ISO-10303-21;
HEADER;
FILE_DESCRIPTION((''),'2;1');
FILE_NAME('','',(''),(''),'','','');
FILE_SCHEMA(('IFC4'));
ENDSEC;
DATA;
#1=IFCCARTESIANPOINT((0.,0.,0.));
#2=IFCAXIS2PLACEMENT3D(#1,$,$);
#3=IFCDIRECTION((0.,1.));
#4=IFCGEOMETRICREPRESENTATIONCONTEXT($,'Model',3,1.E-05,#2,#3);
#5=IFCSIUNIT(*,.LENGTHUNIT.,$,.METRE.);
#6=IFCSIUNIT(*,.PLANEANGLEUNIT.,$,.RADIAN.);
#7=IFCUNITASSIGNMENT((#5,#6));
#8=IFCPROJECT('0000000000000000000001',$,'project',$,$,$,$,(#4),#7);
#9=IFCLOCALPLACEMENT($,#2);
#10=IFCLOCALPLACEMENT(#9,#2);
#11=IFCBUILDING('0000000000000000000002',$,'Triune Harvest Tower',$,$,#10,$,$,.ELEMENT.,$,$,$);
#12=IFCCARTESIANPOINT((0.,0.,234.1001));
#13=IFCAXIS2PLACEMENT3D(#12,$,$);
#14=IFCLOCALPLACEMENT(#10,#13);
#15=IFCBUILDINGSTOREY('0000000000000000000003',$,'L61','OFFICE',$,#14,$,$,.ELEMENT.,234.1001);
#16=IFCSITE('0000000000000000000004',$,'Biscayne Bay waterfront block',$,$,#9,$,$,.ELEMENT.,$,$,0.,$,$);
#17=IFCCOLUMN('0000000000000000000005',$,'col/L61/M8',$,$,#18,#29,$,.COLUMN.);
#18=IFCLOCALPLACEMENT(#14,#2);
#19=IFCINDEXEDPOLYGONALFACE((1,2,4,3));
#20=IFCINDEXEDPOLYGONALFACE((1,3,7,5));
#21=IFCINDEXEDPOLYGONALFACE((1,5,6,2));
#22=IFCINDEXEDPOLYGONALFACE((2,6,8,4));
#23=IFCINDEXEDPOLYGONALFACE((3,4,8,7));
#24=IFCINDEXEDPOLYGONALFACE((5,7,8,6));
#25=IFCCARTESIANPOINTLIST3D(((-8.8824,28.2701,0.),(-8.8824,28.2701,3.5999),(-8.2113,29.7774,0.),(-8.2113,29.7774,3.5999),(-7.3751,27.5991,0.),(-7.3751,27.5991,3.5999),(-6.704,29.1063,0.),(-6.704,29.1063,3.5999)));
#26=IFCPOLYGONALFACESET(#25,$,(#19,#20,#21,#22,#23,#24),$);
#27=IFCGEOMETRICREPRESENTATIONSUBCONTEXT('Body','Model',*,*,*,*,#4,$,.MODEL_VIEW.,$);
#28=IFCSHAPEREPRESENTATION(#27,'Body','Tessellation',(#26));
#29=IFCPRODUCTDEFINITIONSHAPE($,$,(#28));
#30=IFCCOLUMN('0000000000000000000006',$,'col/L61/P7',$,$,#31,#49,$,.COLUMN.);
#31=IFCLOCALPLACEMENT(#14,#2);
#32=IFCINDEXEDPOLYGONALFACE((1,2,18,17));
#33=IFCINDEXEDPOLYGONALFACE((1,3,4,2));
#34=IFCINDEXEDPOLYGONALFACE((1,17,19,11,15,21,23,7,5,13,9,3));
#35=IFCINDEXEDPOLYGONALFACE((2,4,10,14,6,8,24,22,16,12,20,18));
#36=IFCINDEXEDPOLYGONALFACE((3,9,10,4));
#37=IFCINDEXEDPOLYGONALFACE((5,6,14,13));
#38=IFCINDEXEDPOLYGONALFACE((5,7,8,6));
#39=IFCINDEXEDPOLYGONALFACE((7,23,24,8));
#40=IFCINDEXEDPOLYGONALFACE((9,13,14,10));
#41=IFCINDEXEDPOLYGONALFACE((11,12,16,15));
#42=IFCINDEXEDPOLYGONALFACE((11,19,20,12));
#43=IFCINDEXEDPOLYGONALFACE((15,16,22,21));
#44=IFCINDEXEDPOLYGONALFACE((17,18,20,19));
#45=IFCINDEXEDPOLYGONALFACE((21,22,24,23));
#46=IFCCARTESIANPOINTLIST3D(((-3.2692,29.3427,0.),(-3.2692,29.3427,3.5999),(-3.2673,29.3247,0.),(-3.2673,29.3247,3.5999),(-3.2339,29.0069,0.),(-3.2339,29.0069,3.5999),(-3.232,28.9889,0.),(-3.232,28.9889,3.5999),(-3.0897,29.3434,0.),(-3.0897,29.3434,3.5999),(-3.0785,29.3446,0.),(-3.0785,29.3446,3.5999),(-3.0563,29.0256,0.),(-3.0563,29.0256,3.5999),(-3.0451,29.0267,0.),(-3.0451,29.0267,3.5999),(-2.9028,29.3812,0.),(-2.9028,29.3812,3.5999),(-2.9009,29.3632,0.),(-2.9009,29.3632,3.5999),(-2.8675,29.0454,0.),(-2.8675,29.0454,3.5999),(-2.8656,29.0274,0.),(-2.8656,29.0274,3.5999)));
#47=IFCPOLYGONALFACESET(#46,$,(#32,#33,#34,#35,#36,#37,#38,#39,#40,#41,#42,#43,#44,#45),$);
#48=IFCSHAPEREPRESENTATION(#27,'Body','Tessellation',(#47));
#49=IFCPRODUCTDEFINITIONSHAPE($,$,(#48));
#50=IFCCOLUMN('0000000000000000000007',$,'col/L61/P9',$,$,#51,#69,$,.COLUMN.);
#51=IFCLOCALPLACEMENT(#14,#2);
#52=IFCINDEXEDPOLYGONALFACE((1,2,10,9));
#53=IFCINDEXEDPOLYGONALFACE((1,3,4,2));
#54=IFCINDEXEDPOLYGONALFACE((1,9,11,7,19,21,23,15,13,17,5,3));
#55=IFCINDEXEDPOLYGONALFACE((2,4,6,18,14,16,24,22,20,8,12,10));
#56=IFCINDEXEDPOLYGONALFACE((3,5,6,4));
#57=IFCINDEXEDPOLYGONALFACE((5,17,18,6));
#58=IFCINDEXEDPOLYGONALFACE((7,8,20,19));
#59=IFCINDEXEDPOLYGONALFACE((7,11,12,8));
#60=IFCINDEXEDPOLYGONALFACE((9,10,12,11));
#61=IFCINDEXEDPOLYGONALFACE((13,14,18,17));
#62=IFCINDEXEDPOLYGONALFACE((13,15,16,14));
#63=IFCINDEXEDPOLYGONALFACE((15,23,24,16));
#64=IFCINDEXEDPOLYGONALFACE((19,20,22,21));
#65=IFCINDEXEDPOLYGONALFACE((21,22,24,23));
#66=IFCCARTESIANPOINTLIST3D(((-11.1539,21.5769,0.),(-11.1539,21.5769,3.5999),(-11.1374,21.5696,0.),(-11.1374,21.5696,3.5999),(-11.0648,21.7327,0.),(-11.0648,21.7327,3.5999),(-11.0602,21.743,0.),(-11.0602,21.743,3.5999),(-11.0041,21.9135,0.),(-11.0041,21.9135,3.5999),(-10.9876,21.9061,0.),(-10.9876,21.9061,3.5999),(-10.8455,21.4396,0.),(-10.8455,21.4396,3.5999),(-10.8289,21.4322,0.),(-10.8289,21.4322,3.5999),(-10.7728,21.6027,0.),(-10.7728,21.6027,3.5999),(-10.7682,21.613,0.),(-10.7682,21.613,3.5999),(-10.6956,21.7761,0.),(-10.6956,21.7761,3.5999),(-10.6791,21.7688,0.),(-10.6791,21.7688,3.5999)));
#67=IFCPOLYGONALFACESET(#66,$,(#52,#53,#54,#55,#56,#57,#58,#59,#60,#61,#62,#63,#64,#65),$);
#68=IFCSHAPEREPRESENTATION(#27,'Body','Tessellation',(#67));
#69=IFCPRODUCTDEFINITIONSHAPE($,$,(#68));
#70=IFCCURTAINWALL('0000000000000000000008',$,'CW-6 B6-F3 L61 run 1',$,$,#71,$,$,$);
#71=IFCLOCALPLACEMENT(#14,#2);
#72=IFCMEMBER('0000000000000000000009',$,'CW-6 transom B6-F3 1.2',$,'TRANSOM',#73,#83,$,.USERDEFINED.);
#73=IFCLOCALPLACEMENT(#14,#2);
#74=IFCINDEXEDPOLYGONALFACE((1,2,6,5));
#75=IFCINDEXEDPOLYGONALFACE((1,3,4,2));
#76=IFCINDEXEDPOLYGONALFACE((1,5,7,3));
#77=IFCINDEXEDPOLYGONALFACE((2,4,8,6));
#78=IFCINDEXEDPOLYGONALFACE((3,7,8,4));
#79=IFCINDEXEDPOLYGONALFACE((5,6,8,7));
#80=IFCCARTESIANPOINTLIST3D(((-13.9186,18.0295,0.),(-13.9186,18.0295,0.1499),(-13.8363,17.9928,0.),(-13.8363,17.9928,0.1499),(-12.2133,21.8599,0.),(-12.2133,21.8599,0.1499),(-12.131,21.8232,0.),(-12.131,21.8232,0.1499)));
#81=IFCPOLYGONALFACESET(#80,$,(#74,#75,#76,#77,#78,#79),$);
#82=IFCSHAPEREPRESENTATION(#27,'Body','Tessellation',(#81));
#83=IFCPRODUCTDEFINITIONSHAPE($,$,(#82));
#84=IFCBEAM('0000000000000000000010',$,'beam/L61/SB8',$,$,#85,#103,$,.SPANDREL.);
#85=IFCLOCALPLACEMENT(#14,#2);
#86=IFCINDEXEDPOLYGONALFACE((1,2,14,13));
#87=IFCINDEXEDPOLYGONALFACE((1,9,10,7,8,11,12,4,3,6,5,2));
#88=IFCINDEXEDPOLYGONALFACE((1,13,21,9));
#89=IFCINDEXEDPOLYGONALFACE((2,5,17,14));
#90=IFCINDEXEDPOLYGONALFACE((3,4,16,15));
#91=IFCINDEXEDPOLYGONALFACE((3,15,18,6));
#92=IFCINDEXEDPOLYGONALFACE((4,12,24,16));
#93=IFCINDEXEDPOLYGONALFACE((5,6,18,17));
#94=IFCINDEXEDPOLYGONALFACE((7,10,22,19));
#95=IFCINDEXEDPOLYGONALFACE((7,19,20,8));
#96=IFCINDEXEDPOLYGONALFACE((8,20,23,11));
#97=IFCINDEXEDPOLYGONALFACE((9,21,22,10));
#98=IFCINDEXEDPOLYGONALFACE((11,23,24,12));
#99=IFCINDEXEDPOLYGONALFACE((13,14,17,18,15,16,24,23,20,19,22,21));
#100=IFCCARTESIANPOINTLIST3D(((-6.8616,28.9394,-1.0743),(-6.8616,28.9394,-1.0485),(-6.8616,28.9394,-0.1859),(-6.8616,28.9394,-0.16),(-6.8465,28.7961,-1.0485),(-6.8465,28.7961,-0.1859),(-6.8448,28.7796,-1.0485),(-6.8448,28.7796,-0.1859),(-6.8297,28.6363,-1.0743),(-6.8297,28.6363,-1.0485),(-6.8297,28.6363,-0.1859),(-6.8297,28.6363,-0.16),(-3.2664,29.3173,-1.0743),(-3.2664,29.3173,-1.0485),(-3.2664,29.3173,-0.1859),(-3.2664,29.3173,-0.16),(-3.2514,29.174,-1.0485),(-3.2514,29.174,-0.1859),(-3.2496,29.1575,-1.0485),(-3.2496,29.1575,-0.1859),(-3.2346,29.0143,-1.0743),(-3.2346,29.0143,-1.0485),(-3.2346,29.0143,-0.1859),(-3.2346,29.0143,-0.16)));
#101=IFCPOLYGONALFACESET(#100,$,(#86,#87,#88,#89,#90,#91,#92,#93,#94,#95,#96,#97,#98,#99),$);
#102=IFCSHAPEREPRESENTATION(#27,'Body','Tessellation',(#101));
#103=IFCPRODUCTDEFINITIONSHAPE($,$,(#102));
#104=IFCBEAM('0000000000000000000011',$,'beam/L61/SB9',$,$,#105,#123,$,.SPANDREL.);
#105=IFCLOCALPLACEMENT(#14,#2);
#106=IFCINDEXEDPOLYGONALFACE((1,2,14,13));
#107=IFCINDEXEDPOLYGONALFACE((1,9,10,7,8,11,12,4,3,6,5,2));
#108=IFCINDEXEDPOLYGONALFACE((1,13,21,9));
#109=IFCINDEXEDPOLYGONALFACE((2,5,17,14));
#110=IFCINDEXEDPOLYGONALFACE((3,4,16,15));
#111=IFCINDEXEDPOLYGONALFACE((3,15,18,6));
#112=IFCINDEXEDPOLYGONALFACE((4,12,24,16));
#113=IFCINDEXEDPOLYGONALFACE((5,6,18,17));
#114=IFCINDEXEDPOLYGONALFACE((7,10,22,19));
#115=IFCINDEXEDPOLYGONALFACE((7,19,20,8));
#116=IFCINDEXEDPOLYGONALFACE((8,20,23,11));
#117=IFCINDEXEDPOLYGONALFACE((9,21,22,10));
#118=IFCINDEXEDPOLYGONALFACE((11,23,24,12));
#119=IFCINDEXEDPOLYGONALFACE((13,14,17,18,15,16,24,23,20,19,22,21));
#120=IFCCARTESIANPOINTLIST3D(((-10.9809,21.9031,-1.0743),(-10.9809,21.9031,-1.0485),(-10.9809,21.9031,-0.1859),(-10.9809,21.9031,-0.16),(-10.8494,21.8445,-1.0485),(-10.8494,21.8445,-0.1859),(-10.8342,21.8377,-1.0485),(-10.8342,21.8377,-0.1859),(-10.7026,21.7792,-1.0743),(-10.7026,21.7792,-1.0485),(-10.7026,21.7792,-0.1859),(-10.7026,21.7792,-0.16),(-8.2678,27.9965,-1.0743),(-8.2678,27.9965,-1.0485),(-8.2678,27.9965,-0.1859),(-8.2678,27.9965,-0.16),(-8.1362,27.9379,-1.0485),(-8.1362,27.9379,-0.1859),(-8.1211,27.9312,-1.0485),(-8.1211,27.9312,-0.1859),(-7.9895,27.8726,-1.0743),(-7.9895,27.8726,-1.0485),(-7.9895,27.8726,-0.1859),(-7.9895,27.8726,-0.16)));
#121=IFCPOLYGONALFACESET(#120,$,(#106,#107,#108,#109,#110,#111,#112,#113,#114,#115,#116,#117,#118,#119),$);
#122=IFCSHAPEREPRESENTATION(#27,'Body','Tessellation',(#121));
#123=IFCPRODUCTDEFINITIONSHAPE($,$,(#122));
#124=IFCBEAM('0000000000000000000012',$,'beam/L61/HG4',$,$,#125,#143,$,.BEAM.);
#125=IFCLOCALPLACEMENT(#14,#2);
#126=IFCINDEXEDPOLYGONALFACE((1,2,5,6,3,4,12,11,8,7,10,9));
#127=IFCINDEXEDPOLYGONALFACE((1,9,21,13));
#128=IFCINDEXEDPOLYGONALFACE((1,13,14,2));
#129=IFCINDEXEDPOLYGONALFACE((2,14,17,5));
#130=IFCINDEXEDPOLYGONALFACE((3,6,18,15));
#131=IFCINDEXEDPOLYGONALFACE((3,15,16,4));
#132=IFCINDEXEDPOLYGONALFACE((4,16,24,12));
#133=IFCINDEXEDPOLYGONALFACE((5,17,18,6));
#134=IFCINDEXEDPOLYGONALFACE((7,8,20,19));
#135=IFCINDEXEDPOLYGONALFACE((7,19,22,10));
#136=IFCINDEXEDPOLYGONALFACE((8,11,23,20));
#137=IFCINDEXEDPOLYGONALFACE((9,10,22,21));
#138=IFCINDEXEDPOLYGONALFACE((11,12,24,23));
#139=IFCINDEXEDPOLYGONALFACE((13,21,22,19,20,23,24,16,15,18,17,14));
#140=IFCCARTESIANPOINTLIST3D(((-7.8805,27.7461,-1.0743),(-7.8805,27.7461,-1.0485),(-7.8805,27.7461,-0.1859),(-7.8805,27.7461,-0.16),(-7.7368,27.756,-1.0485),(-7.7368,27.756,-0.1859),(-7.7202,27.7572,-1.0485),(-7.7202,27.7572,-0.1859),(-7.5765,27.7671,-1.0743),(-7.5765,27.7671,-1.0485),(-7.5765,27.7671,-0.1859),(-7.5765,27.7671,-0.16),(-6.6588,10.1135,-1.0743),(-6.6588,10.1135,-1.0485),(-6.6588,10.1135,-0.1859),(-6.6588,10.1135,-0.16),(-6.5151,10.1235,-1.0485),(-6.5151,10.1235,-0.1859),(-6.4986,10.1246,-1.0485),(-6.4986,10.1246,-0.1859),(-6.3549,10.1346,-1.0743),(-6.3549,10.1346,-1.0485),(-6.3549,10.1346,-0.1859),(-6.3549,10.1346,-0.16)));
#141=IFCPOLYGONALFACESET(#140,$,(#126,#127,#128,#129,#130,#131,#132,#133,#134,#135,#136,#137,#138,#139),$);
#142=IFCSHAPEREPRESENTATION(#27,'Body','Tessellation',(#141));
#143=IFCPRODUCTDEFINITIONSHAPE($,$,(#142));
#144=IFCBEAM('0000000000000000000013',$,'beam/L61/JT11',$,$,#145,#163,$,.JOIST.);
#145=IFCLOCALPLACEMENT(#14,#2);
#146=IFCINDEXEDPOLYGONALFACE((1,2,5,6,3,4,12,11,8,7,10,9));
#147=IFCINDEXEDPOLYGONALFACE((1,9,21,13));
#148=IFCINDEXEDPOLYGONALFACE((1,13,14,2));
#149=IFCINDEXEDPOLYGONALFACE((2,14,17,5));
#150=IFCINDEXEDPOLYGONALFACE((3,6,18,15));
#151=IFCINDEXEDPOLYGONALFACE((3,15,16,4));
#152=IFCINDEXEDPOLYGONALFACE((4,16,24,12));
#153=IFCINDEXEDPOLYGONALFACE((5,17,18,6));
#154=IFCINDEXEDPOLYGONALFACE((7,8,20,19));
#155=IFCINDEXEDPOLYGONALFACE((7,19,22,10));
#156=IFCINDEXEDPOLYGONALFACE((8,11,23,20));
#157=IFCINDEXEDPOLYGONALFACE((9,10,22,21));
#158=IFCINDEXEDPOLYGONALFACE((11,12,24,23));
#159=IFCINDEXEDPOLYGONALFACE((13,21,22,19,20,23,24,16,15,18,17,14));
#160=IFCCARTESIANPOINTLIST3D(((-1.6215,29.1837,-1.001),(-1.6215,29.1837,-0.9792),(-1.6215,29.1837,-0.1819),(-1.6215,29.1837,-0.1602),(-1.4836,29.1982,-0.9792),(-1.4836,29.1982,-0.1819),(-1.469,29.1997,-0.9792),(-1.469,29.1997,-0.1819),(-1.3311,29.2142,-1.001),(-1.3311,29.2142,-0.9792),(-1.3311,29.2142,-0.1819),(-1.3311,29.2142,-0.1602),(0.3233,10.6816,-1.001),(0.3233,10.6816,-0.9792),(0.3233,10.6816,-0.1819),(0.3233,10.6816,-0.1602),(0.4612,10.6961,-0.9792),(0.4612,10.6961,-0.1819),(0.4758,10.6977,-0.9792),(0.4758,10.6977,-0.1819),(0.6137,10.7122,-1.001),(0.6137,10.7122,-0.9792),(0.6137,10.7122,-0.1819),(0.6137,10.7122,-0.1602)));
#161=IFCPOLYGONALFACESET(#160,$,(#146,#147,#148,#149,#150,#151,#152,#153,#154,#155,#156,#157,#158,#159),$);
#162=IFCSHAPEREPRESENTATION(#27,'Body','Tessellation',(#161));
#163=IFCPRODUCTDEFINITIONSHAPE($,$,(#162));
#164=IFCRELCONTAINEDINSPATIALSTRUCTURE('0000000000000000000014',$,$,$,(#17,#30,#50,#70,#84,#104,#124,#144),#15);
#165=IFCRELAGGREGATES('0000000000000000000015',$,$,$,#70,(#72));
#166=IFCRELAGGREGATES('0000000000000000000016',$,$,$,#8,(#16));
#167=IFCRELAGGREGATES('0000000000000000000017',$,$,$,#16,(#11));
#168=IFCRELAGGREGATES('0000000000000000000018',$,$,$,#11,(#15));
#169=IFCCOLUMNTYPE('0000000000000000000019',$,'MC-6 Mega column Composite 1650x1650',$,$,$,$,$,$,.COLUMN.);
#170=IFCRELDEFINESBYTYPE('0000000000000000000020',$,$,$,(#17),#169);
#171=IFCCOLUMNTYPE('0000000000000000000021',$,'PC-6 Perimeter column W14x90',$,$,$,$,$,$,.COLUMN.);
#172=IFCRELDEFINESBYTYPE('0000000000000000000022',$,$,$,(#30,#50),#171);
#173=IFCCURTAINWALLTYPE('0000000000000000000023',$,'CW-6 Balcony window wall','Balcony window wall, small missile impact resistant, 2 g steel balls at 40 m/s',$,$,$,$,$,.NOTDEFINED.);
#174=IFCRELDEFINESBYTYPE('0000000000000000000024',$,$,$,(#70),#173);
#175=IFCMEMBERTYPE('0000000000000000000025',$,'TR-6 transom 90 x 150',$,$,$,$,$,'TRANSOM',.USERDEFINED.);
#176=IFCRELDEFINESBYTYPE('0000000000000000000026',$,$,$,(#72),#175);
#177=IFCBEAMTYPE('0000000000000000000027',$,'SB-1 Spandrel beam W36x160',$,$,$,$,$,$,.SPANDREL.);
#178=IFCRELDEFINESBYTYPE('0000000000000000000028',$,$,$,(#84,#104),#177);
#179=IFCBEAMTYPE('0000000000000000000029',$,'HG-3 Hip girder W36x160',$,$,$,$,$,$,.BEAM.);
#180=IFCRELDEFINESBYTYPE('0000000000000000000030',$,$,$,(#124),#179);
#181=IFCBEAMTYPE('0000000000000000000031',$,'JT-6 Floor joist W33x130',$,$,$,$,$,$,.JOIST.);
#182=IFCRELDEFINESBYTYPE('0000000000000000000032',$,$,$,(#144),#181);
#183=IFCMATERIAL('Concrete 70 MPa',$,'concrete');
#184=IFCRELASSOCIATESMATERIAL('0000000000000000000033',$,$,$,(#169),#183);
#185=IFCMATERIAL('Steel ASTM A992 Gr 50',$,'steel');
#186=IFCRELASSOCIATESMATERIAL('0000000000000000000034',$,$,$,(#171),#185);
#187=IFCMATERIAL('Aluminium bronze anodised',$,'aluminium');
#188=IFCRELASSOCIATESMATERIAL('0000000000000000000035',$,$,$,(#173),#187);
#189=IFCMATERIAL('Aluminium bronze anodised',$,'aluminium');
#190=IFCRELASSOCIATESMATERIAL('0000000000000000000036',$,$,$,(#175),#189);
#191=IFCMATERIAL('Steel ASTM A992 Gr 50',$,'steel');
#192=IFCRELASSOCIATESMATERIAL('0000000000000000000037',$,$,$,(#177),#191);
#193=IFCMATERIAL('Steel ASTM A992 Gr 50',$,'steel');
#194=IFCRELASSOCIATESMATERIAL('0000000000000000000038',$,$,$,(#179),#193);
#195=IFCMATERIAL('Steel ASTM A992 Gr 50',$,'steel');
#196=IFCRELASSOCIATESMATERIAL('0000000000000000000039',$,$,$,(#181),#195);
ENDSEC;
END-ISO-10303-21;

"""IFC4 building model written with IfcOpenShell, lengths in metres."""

from ifc_helpers import new_model, si_unit, direction, frame, origin, origin_2d, place, context, subcontext, project, spatial, rectangle, i_section, extrude, source, transform, mapped, material, material_profile, profile_set, type_object, element, aggregate, save


model = new_model("IFC4")

# Units and contexts
model_context = context("Model", 3, precision=1e-05, world=origin(), true_north=direction((0.0, 1.0)))
body_context = subcontext(model_context, "Body", "Model", "MODEL_VIEW")
ifc_project = project(units=[si_unit("LENGTHUNIT", "METRE"), si_unit("PLANEANGLEUNIT", "RADIAN")], contexts=[model_context])

# Site, building, storey
site_placement = place(None, origin())
site = spatial("IfcSite", under=ifc_project, at=site_placement, Name="Biscayne Bay waterfront block", CompositionType="ELEMENT", RefElevation=0.0)
building_placement = place(site_placement, origin())
building = spatial("IfcBuilding", under=site, at=building_placement, Name="Triune Harvest Tower", CompositionType="ELEMENT")
storey_placement = place(building_placement, frame((0.0, 0.0, 234.1001)))
storey = spatial("IfcBuildingStorey", under=building, at=storey_placement, Name="L61", Description="OFFICE", CompositionType="ELEMENT", Elevation=234.1001)

# Columns
ifc_material_1 = material(Name="Concrete 70 MPa", Category="concrete")
ifc_material_profile_1 = material_profile(ifc_material_1, rectangle(XDim=1.6499, YDim=1.6499, at=origin_2d()), Name="Composite 1650x1650")
ifc_profile_set_1 = profile_set([ifc_material_profile_1], Name="Concrete 70 MPa")
column_type_1 = type_object("IfcColumnType", Name="MC-6 Mega column Composite 1650x1650", PredefinedType="COLUMN", material=ifc_profile_set_1)
shared_shape_1 = source(origin(), body_context, "Body", "SweptSolid", [
    extrude(rectangle(XDim=1.6499, YDim=1.6499, at=origin_2d()), origin(), (0.0, 0.0, 1.0), 3.5999),
])
column_placement = place(storey_placement, frame((-7.7932, 28.6882, 0.0), z_axis=(0.0, 0.0, 1.0), x_axis=(-0.406738, -0.913545, 0.0)))
element("IfcColumn", 1, at=column_placement, inside=storey, type_object=column_type_1, Name="col/L61/M8", PredefinedType="COLUMN", context=body_context, shape_type="MappedRepresentation", body=[
    mapped(shared_shape_1, transform((0.0, 0.0, 0.0), scale=1.0)),
])
ifc_material_2 = material(Name="Steel ASTM A992 Gr 50", Category="steel")
ifc_material_profile_2 = material_profile(ifc_material_2, i_section(OverallWidth=0.3684, OverallDepth=0.3557, WebThickness=0.0112, FlangeThickness=0.0181, at=origin_2d()), Name="W14x90")
ifc_profile_set_2 = profile_set([ifc_material_profile_2], Name="Steel ASTM A992 Gr 50")
column_type_2 = type_object("IfcColumnType", Name="PC-6 Perimeter column W14x90", PredefinedType="COLUMN", material=ifc_profile_set_2)
shared_shape_2 = source(origin(), body_context, "Body", "SweptSolid", [
    extrude(i_section(OverallWidth=0.3684, OverallDepth=0.3557, WebThickness=0.0112, FlangeThickness=0.0181, at=origin_2d()), origin(), (0.0, 0.0, 1.0), 3.5999),
])
for number, where, z_axis, x_axis, name in (
    (2, (-3.0674, 29.1851, 0.0), (0.0, 0.0, 1.0), (-0.994522, -0.104528, 0.0), "col/L61/P7"),
    (3, (-10.9165, 21.6729, 0.0), (0.0, 0.0, 1.0), (-0.406738, -0.913545, 0.0), "col/L61/P9"),
):
    element("IfcColumn", number, at=place(storey_placement, frame(where, z_axis=z_axis, x_axis=x_axis)), inside=storey, type_object=column_type_2, Name=name, PredefinedType="COLUMN", context=body_context, shape_type="MappedRepresentation", body=[
        mapped(shared_shape_2, transform((0.0, 0.0, 0.0), scale=1.0)),
    ])

# Curtain wall, member
ifc_material_3 = material(Name="Aluminium bronze anodised", Category="aluminium")
curtain_wall_type_1 = type_object("IfcCurtainWallType", Name="CW-6 Balcony window wall", Description="Balcony window wall, small missile impact resistant, 2 g steel balls at 40 m/s", PredefinedType="NOTDEFINED", material=ifc_material_3)
curtain_wall_1_placement = place(storey_placement, origin())
curtain_wall_1 = element("IfcCurtainWall", 4, at=curtain_wall_1_placement, inside=storey, type_object=curtain_wall_type_1, Name="CW-6 B6-F3 L61 run 1")
ifc_material_4 = material(Name="Aluminium bronze anodised", Category="aluminium")
ifc_material_profile_3 = material_profile(ifc_material_4, rectangle(XDim=0.0901, YDim=0.1499, at=origin_2d()), Name="TR-6 transom 90 x 150")
ifc_profile_set_3 = profile_set([ifc_material_profile_3], Name="Aluminium bronze anodised")
member_type_1 = type_object("IfcMemberType", Name="TR-6 transom 90 x 150", ElementType="TRANSOM", PredefinedType="USERDEFINED", material=ifc_profile_set_3)
member_1_placement = place(storey_placement, frame((-12.1721, 21.8416, 0.075), z_axis=(-0.406727, -0.91355, 0.0), x_axis=(0.91355, -0.406727, 0.0)))
member_1 = element("IfcMember", 5, at=member_1_placement, type_object=member_type_1, Name="CW-6 transom B6-F3 1.2", ObjectType="TRANSOM", PredefinedType="USERDEFINED", context=body_context, shape_type="SweptSolid", body=[
    extrude(rectangle(XDim=0.0901, YDim=0.1499, at=origin_2d()), origin(), (0.0, 0.0, 1.0), 4.1929),
])

# Beams
ifc_material_5 = material(Name="Steel ASTM A992 Gr 50", Category="steel")
ifc_material_profile_4 = material_profile(ifc_material_5, i_section(OverallWidth=0.3047, OverallDepth=0.9143, WebThickness=0.0166, FlangeThickness=0.0259, at=origin_2d()), Name="W36x160")
ifc_profile_set_4 = profile_set([ifc_material_profile_4], Name="Steel ASTM A992 Gr 50")
beam_type_1 = type_object("IfcBeamType", Name="SB-1 Spandrel beam W36x160", PredefinedType="SPANDREL", material=ifc_profile_set_4)
shared_shape_3 = source(origin(), body_context, "Body", "SweptSolid", [
    extrude(i_section(OverallWidth=0.3047, OverallDepth=0.9143, WebThickness=0.0166, FlangeThickness=0.0259, at=origin_2d()), origin(), (0.0, 0.0, 1.0), 3.615),
])
beam_1_placement = place(storey_placement, frame((-3.2505, 29.1658, -0.6172), z_axis=(-0.99452, -0.104544, 0.0), x_axis=(0.104544, -0.99452, 0.0)))
element("IfcBeam", 6, at=beam_1_placement, inside=storey, type_object=beam_type_1, Name="beam/L61/SB8", PredefinedType="SPANDREL", context=body_context, shape_type="MappedRepresentation", body=[
    mapped(shared_shape_3, transform((0.0, 0.0, 0.0), scale=1.0)),
])
shared_shape_4 = source(origin(), body_context, "Body", "SweptSolid", [
    extrude(i_section(OverallWidth=0.3047, OverallDepth=0.9143, WebThickness=0.0166, FlangeThickness=0.0259, at=origin_2d()), origin(), (0.0, 0.0, 1.0), 6.6702),
])
beam_2_placement = place(storey_placement, frame((-8.1287, 27.9346, -0.6172), z_axis=(-0.406753, -0.913538, 0.0), x_axis=(0.913538, -0.406753, 0.0)))
element("IfcBeam", 7, at=beam_2_placement, inside=storey, type_object=beam_type_1, Name="beam/L61/SB9", PredefinedType="SPANDREL", context=body_context, shape_type="MappedRepresentation", body=[
    mapped(shared_shape_4, transform((0.0, 0.0, 0.0), scale=1.0)),
])
ifc_material_6 = material(Name="Steel ASTM A992 Gr 50", Category="steel")
ifc_material_profile_5 = material_profile(ifc_material_6, i_section(OverallWidth=0.3047, OverallDepth=0.9143, WebThickness=0.0166, FlangeThickness=0.0259, at=origin_2d()), Name="W36x160")
ifc_profile_set_5 = profile_set([ifc_material_profile_5], Name="Steel ASTM A992 Gr 50")
beam_type_2 = type_object("IfcBeamType", Name="HG-3 Hip girder W36x160", PredefinedType="BEAM", material=ifc_profile_set_5)
shared_shape_5 = source(origin(), body_context, "Body", "SweptSolid", [
    extrude(i_section(OverallWidth=0.3047, OverallDepth=0.9143, WebThickness=0.0166, FlangeThickness=0.0259, at=origin_2d()), origin(), (0.0, 0.0, 1.0), 17.6748),
])
beam_3_placement = place(storey_placement, frame((-7.7285, 27.7566, -0.6172), z_axis=(0.06912, -0.997608, 0.0), x_axis=(0.997608, 0.06912, 0.0)))
element("IfcBeam", 8, at=beam_3_placement, inside=storey, type_object=beam_type_2, Name="beam/L61/HG4", PredefinedType="BEAM", context=body_context, shape_type="MappedRepresentation", body=[
    mapped(shared_shape_5, transform((0.0, 0.0, 0.0), scale=1.0)),
])
ifc_material_7 = material(Name="Steel ASTM A992 Gr 50", Category="steel")
ifc_material_profile_6 = material_profile(ifc_material_7, i_section(OverallWidth=0.292, OverallDepth=0.8408, WebThickness=0.0146, FlangeThickness=0.0217, at=origin_2d()), Name="W33x130")
ifc_profile_set_6 = profile_set([ifc_material_profile_6], Name="Steel ASTM A992 Gr 50")
beam_type_3 = type_object("IfcBeamType", Name="JT-6 Floor joist W33x130", PredefinedType="JOIST", material=ifc_profile_set_6)
shared_shape_6 = source(origin(), body_context, "Body", "SweptSolid", [
    extrude(i_section(OverallWidth=0.292, OverallDepth=0.8408, WebThickness=0.0146, FlangeThickness=0.0217, at=origin_2d()), origin(), (0.0, 0.0, 1.0), 18.604),
])
beam_4_placement = place(storey_placement, frame((-1.4763, 29.199, -0.5806), z_axis=(0.104539, -0.994521, 0.0), x_axis=(0.994521, 0.104539, 0.0)))
element("IfcBeam", 9, at=beam_4_placement, inside=storey, type_object=beam_type_3, Name="beam/L61/JT11", PredefinedType="JOIST", context=body_context, shape_type="MappedRepresentation", body=[
    mapped(shared_shape_6, transform((0.0, 0.0, 0.0), scale=1.0)),
])

aggregate(curtain_wall_1, [member_1])

save(model, "model.ifc")
